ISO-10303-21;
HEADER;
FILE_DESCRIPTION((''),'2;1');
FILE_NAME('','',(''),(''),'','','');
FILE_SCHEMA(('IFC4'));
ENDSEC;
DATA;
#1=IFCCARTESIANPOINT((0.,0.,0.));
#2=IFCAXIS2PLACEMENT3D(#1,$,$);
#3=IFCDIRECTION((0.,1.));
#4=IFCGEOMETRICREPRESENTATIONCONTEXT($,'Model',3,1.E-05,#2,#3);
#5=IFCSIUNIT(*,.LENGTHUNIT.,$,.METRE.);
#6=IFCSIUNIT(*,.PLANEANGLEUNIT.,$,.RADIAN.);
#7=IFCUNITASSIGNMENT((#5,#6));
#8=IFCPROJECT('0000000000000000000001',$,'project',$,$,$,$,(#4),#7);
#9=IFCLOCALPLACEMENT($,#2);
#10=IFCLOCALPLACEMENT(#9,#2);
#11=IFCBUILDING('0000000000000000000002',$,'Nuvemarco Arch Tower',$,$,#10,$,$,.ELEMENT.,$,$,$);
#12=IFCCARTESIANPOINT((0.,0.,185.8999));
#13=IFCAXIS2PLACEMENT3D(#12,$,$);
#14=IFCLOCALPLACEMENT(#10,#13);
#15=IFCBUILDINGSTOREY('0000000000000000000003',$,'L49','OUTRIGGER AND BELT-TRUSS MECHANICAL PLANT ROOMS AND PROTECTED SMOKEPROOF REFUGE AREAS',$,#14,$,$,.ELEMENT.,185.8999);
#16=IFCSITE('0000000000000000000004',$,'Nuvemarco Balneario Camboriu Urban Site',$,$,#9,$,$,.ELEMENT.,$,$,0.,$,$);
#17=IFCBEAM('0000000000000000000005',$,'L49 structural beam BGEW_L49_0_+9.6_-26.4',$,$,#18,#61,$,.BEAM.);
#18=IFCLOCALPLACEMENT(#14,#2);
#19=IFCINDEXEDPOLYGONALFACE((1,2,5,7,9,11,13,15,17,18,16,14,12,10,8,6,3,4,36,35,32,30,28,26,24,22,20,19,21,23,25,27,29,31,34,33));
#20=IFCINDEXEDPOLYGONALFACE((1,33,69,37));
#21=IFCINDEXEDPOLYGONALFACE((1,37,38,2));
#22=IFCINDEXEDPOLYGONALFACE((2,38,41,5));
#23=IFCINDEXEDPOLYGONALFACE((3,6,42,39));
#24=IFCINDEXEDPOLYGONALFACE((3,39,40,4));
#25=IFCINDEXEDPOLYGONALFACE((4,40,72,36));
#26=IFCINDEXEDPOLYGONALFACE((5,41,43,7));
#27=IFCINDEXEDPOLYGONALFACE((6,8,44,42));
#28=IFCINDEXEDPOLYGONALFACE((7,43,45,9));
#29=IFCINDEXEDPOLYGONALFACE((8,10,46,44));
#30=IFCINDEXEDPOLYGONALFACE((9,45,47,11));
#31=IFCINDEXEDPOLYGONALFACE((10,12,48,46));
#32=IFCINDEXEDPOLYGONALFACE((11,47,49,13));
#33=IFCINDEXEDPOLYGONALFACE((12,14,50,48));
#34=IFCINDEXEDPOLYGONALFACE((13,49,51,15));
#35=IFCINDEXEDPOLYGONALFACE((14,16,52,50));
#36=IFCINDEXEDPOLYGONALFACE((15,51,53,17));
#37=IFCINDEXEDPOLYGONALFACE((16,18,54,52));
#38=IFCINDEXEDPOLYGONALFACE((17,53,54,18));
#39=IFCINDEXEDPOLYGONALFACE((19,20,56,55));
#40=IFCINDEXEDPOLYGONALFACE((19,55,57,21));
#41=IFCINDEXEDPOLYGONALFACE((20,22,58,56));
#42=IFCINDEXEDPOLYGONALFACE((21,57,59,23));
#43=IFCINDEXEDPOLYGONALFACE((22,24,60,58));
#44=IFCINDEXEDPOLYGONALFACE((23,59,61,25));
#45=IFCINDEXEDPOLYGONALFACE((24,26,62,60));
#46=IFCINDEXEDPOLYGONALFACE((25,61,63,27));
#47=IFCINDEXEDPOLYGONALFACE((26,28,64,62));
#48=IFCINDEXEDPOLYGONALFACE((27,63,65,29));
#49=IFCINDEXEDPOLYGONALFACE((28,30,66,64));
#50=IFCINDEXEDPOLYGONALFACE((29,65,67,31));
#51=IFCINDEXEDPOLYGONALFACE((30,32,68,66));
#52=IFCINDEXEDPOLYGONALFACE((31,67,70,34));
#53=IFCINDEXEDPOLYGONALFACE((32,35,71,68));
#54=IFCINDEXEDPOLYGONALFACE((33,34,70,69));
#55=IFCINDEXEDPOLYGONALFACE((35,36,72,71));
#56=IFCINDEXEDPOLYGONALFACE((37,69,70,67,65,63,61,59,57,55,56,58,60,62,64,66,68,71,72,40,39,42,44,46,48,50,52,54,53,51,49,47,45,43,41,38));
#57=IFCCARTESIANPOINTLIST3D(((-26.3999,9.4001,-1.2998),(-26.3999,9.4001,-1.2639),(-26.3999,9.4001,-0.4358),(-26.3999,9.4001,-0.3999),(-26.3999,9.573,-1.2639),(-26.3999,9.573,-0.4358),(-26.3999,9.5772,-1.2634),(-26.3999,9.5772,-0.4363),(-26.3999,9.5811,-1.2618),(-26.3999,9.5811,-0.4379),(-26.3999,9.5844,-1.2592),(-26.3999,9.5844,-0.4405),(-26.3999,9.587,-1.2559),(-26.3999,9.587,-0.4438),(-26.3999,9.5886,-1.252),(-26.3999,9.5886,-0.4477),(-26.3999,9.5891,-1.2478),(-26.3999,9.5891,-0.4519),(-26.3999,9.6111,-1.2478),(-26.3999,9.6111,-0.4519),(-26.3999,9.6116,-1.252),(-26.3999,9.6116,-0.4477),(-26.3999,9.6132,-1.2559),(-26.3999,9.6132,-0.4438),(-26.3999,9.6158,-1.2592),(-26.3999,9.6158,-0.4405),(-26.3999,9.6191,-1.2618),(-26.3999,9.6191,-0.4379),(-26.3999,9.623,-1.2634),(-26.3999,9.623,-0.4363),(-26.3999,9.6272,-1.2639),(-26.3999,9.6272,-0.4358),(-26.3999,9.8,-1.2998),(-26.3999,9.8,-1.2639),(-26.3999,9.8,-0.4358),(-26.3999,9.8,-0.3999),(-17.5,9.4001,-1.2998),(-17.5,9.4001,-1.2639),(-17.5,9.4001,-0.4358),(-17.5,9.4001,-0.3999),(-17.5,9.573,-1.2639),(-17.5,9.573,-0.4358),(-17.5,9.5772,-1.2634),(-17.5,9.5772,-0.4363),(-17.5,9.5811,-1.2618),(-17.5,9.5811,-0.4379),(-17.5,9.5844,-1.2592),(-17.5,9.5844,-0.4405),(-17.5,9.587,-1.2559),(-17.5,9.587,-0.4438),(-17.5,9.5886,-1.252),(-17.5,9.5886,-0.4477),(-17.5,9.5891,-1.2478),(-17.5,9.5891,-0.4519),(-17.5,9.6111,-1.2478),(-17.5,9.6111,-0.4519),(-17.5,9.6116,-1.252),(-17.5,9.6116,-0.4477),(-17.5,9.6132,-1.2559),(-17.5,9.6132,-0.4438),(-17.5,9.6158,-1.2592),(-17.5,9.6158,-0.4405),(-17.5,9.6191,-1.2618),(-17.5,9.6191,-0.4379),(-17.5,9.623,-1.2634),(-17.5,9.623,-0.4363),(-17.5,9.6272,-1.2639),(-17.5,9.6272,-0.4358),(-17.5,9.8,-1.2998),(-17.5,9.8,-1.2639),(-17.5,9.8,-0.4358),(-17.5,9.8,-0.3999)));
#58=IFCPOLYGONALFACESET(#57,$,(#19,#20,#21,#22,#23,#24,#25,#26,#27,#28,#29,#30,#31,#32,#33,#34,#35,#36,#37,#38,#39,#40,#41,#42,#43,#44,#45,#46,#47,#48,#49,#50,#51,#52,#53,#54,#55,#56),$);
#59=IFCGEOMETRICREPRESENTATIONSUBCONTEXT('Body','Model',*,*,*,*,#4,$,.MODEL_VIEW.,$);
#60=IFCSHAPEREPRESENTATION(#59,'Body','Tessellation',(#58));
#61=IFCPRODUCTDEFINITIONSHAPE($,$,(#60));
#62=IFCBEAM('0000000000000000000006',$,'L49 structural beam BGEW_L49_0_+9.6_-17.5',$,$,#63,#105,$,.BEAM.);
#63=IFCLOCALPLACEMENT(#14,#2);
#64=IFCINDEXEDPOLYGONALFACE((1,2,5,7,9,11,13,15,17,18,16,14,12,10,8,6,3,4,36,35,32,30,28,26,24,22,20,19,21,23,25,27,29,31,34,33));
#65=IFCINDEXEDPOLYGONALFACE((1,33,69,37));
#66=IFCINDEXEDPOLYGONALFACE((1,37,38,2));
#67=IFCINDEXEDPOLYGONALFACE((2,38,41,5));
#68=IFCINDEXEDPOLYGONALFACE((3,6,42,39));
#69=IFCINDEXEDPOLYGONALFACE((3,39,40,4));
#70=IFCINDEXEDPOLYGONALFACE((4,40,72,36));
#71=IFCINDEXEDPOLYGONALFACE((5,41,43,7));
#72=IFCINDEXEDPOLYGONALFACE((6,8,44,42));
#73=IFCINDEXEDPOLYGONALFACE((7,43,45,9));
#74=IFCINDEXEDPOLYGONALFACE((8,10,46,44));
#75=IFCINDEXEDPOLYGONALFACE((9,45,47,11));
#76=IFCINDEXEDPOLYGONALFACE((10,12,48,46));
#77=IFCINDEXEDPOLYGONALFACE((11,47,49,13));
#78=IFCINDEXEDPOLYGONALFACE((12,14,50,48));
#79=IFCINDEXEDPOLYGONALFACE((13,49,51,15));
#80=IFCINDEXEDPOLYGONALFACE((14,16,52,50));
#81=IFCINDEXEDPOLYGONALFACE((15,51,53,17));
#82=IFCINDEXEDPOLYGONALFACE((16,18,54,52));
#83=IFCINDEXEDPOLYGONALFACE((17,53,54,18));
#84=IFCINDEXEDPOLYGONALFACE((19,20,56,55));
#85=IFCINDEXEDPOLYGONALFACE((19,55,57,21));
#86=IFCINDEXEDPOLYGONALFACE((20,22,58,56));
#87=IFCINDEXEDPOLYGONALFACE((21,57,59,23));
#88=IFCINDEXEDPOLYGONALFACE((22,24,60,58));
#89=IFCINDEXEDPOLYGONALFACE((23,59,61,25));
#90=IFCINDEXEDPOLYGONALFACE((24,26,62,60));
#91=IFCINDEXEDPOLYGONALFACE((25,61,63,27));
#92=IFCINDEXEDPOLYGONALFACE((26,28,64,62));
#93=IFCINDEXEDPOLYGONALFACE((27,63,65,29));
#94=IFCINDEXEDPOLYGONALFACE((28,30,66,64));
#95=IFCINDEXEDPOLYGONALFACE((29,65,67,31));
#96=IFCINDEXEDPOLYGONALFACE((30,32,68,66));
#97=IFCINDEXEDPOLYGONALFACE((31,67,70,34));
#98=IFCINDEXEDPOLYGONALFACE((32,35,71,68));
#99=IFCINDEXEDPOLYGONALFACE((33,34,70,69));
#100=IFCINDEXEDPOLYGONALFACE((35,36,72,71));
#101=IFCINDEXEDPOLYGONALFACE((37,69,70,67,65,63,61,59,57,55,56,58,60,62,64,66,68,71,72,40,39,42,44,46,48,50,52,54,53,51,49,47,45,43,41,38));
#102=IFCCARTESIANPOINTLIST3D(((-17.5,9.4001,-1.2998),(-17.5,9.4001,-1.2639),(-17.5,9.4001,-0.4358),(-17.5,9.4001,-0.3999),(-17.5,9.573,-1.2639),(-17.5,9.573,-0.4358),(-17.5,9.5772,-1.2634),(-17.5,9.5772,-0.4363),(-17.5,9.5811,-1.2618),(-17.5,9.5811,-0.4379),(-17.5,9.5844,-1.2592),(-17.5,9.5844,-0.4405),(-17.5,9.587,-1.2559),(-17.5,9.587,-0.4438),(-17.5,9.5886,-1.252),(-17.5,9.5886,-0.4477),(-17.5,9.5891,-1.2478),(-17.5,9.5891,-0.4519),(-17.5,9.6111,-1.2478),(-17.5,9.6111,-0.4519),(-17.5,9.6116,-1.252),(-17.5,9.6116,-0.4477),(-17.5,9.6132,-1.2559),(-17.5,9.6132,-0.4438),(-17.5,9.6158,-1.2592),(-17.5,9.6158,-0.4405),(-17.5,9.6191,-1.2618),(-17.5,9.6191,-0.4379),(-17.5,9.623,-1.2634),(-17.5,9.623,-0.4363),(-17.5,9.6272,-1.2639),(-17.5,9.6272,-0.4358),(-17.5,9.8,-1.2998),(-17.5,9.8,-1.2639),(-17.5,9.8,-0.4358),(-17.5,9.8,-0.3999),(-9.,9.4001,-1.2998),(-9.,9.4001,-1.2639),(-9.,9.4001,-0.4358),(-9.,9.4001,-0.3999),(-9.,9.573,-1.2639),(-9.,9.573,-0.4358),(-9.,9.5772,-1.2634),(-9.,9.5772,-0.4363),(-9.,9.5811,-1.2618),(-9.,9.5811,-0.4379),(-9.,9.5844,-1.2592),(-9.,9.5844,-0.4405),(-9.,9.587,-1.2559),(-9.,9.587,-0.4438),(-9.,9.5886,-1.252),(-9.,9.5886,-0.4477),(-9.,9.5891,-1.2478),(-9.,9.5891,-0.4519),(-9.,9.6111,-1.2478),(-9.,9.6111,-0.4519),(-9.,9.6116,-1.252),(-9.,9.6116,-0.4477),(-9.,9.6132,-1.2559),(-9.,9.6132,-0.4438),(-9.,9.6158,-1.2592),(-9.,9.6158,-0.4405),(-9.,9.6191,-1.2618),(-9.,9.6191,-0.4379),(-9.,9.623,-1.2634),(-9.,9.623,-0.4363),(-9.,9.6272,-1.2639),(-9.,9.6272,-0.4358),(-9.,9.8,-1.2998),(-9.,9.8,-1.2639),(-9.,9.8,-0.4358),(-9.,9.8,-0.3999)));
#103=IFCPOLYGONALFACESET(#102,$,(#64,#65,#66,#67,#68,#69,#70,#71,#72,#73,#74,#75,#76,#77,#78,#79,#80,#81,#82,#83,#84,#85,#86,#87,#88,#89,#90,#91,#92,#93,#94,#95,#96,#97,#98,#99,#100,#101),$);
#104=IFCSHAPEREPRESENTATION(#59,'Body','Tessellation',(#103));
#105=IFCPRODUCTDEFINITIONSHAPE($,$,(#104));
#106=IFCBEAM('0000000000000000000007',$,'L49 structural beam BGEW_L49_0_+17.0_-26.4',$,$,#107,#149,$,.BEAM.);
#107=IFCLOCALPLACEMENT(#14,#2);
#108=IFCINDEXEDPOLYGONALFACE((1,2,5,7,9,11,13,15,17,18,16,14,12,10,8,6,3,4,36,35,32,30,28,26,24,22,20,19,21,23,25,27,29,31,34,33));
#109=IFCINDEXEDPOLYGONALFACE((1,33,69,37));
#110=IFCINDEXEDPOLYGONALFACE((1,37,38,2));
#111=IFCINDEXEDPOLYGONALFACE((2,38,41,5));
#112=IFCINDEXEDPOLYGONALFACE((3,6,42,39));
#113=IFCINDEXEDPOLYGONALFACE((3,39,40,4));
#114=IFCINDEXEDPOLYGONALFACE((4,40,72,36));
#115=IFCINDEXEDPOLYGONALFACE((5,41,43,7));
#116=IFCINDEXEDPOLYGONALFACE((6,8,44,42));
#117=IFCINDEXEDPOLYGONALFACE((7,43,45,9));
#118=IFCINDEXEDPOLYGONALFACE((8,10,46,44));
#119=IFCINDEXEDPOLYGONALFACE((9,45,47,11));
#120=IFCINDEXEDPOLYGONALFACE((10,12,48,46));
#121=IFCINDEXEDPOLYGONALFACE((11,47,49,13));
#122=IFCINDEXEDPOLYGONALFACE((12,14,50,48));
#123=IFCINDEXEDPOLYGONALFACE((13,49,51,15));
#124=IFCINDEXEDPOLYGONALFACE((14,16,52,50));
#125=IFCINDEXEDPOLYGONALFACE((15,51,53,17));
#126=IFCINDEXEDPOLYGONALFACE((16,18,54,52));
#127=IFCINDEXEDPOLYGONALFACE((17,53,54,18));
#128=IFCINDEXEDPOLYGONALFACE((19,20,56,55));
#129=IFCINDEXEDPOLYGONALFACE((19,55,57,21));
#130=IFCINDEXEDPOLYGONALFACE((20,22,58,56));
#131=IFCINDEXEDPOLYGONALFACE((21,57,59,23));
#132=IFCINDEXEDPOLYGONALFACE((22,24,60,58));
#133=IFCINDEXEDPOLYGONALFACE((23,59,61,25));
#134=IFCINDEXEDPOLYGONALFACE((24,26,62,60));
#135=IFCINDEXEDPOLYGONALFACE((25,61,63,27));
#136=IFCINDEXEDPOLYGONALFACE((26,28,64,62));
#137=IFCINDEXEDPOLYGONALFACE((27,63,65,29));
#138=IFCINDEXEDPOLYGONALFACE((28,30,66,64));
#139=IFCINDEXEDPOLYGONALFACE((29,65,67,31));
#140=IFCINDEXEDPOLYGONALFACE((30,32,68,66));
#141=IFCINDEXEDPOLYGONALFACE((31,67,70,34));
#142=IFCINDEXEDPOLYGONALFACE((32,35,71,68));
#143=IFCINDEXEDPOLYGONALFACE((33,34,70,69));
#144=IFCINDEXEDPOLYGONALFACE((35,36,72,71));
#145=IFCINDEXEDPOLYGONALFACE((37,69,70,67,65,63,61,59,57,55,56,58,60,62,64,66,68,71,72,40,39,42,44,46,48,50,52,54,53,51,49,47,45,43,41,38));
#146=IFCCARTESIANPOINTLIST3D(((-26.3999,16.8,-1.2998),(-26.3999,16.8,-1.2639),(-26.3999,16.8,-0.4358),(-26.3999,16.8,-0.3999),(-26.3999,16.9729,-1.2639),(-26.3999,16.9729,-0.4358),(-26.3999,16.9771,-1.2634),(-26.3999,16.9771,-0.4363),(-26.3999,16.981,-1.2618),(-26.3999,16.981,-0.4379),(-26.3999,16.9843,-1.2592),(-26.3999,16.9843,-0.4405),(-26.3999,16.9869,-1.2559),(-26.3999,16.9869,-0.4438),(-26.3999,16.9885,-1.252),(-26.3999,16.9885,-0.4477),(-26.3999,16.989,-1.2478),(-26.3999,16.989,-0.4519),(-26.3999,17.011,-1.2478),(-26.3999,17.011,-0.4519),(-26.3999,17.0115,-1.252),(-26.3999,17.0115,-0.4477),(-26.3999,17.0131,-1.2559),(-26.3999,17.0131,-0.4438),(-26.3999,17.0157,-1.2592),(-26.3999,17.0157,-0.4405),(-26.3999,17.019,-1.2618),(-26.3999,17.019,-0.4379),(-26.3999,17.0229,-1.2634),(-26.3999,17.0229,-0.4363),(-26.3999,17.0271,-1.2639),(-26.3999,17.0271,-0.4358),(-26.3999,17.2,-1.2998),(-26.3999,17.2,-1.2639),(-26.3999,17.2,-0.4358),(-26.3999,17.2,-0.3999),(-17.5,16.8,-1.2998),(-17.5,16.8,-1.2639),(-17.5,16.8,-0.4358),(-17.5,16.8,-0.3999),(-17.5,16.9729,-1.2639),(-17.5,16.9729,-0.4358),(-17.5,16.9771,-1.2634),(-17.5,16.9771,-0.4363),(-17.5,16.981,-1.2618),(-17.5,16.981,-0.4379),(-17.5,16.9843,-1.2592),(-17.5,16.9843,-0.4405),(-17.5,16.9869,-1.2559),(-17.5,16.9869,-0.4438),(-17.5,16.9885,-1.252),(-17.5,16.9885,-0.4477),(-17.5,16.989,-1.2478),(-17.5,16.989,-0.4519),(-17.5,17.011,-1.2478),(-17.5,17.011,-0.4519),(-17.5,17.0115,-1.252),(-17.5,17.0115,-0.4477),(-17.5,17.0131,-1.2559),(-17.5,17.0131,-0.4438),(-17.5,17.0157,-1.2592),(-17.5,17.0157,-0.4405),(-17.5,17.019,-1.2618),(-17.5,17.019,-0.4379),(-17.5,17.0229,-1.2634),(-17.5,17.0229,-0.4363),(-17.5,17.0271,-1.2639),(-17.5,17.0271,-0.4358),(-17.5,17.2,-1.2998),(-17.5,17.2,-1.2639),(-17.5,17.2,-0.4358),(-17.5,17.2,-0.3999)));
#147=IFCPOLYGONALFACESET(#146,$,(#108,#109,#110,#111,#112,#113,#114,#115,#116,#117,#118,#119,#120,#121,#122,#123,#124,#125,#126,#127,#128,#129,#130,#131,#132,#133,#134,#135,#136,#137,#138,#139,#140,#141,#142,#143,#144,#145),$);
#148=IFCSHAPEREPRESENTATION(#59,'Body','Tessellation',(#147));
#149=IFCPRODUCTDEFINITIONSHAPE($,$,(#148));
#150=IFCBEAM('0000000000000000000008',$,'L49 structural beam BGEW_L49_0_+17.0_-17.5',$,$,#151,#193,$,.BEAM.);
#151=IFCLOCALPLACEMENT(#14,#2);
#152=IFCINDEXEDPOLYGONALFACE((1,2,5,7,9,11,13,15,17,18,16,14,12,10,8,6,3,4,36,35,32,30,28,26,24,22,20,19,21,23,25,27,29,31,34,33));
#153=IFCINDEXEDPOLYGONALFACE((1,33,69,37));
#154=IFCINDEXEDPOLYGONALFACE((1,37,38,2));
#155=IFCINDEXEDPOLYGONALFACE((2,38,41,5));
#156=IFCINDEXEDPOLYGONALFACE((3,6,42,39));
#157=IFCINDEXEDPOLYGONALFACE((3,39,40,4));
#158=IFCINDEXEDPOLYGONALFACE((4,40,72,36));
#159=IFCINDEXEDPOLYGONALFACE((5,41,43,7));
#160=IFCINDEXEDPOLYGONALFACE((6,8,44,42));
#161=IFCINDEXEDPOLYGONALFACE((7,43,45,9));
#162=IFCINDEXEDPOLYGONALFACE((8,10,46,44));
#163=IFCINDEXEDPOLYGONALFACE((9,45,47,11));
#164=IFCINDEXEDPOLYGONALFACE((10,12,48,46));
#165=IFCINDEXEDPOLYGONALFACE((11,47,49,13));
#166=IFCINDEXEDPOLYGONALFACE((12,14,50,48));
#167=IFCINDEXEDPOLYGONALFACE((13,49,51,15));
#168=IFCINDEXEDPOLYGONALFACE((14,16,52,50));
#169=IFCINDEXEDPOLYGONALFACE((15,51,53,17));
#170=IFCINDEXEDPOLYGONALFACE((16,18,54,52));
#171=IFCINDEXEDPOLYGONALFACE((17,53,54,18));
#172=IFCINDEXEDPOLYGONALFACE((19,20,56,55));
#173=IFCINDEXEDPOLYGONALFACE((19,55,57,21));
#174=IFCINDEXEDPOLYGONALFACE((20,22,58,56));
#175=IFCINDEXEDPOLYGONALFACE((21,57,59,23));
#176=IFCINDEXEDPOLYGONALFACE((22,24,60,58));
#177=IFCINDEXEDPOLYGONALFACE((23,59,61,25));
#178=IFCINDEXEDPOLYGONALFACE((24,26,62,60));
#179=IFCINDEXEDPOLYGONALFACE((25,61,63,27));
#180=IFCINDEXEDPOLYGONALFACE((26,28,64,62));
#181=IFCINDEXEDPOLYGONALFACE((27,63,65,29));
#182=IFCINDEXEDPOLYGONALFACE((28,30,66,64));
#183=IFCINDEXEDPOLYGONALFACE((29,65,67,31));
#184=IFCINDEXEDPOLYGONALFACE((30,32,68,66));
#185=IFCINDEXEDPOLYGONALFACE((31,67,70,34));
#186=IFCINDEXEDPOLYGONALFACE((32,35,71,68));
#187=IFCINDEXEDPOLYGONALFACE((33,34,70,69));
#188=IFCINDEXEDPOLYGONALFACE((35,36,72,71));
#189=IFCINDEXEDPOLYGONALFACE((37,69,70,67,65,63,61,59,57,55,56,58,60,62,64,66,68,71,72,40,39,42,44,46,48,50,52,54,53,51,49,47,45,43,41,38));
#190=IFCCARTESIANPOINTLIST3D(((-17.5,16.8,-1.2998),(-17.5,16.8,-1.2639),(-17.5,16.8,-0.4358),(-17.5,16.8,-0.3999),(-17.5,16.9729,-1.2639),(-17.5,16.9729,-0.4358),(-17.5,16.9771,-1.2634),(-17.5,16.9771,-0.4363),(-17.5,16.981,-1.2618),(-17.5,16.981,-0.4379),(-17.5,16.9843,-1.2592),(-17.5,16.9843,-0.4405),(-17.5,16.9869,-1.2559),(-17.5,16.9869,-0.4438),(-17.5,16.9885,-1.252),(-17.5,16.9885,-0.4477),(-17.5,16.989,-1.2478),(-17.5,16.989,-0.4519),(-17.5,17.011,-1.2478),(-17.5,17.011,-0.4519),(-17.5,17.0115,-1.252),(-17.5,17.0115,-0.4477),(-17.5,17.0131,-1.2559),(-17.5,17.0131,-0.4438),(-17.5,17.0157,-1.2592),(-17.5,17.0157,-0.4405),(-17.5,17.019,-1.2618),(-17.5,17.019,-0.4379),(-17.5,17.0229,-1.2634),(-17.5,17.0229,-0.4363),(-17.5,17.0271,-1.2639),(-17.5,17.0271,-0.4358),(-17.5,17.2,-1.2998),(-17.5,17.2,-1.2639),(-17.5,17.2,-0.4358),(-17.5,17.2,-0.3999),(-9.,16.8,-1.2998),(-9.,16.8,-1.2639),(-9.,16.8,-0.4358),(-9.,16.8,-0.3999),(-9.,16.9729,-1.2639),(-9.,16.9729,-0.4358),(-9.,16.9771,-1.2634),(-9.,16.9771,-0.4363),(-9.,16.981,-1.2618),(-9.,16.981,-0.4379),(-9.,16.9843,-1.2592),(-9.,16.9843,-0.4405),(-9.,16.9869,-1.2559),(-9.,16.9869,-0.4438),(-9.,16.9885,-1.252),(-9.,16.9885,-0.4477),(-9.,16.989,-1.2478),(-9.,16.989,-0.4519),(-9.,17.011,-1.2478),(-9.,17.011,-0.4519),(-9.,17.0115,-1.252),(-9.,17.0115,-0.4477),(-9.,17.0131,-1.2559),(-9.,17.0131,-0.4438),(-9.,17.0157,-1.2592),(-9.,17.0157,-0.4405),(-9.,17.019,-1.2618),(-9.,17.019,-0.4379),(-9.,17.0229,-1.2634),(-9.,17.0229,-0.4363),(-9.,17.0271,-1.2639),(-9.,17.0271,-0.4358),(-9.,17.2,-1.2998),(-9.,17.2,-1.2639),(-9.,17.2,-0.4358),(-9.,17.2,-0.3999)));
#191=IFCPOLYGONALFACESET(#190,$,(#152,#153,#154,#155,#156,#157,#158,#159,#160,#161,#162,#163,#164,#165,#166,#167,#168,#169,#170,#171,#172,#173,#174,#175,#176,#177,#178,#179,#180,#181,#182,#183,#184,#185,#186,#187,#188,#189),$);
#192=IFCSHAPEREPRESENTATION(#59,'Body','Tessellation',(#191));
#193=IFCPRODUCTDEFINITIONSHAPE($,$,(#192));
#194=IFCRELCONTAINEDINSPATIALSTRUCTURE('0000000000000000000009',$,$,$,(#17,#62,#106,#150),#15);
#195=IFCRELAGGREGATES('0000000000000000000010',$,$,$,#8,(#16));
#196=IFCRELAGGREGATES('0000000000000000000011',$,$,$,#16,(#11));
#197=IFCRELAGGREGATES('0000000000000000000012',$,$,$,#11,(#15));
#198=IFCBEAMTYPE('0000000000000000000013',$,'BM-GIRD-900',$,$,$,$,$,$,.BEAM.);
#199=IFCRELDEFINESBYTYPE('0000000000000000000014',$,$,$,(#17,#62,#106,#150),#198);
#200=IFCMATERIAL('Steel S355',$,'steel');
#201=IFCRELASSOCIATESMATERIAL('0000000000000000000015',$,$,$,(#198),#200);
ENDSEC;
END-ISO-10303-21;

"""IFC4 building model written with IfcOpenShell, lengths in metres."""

from ifc_helpers import new_model, si_unit, direction, frame, origin, origin_2d, place, context, subcontext, project, spatial, i_section, extrude, material, material_profile, profile_set, type_object, element, save


model = new_model("IFC4")

# Units and contexts
model_context = context("Model", 3, precision=1e-05, world=origin(), true_north=direction((0.0, 1.0)))
body_context = subcontext(model_context, "Body", "Model", "MODEL_VIEW")
ifc_project = project(units=[si_unit("LENGTHUNIT", "METRE"), si_unit("PLANEANGLEUNIT", "RADIAN")], contexts=[model_context])

# Site, building, storey
site_placement = place(None, origin())
site = spatial("IfcSite", under=ifc_project, at=site_placement, Name="Nuvemarco Balneario Camboriu Urban Site", CompositionType="ELEMENT", RefElevation=0.0)
building_placement = place(site_placement, origin())
building = spatial("IfcBuilding", under=site, at=building_placement, Name="Nuvemarco Arch Tower", CompositionType="ELEMENT")
storey_placement = place(building_placement, frame((0.0, 0.0, 185.8999)))
storey = spatial("IfcBuildingStorey", under=building, at=storey_placement, Name="L49", Description="OUTRIGGER AND BELT-TRUSS MECHANICAL PLANT ROOMS AND PROTECTED SMOKEPROOF REFUGE AREAS", CompositionType="ELEMENT", Elevation=185.8999)

# Shared definitions
ifc_material_1 = material(Name="Steel S355", Category="steel")

# Beams
ifc_material_profile_1 = material_profile(ifc_material_1, i_section(OverallWidth=0.3999, OverallDepth=0.8999, WebThickness=0.022, FlangeThickness=0.0359, FilletRadius=0.0161, at=origin_2d()), Name="PG900x400")
ifc_profile_set_1 = profile_set([ifc_material_profile_1], Name="Steel S355")
beam_type_1 = type_object("IfcBeamType", Name="BM-GIRD-900", PredefinedType="BEAM", material=ifc_profile_set_1)
beam_1_placement = place(storey_placement, frame((-26.3999, 9.6001, -0.8499), z_axis=(1.0, 0.0, 0.0), x_axis=(0.0, 1.0, 0.0)))
element("IfcBeam", 1, at=beam_1_placement, inside=storey, type_object=beam_type_1, Name="L49 structural beam BGEW_L49_0_+9.6_-26.4", PredefinedType="BEAM", context=body_context, shape_type="SweptSolid", body=[
    extrude(i_section(OverallWidth=0.3999, OverallDepth=0.8999, WebThickness=0.022, FlangeThickness=0.0359, FilletRadius=0.0161, at=origin_2d()), origin(), (0.0, 0.0, 1.0), 8.8999),
])
beam_2_placement = place(storey_placement, frame((-17.5, 9.6001, -0.8499), z_axis=(1.0, 0.0, 0.0), x_axis=(0.0, 1.0, 0.0)))
element("IfcBeam", 2, at=beam_2_placement, inside=storey, type_object=beam_type_1, Name="L49 structural beam BGEW_L49_0_+9.6_-17.5", PredefinedType="BEAM", context=body_context, shape_type="SweptSolid", body=[
    extrude(i_section(OverallWidth=0.3999, OverallDepth=0.8999, WebThickness=0.022, FlangeThickness=0.0359, FilletRadius=0.0161, at=origin_2d()), origin(), (0.0, 0.0, 1.0), 8.5),
])
beam_3_placement = place(storey_placement, frame((-26.3999, 17.0, -0.8499), z_axis=(1.0, 0.0, 0.0), x_axis=(0.0, 1.0, 0.0)))
element("IfcBeam", 3, at=beam_3_placement, inside=storey, type_object=beam_type_1, Name="L49 structural beam BGEW_L49_0_+17.0_-26.4", PredefinedType="BEAM", context=body_context, shape_type="SweptSolid", body=[
    extrude(i_section(OverallWidth=0.3999, OverallDepth=0.8999, WebThickness=0.022, FlangeThickness=0.0359, FilletRadius=0.0161, at=origin_2d()), origin(), (0.0, 0.0, 1.0), 8.8999),
])
beam_4_placement = place(storey_placement, frame((-17.5, 17.0, -0.8499), z_axis=(1.0, 0.0, 0.0), x_axis=(0.0, 1.0, 0.0)))
element("IfcBeam", 4, at=beam_4_placement, inside=storey, type_object=beam_type_1, Name="L49 structural beam BGEW_L49_0_+17.0_-17.5", PredefinedType="BEAM", context=body_context, shape_type="SweptSolid", body=[
    extrude(i_section(OverallWidth=0.3999, OverallDepth=0.8999, WebThickness=0.022, FlangeThickness=0.0359, FilletRadius=0.0161, at=origin_2d()), origin(), (0.0, 0.0, 1.0), 8.5),
])

save(model, "model.ifc")
